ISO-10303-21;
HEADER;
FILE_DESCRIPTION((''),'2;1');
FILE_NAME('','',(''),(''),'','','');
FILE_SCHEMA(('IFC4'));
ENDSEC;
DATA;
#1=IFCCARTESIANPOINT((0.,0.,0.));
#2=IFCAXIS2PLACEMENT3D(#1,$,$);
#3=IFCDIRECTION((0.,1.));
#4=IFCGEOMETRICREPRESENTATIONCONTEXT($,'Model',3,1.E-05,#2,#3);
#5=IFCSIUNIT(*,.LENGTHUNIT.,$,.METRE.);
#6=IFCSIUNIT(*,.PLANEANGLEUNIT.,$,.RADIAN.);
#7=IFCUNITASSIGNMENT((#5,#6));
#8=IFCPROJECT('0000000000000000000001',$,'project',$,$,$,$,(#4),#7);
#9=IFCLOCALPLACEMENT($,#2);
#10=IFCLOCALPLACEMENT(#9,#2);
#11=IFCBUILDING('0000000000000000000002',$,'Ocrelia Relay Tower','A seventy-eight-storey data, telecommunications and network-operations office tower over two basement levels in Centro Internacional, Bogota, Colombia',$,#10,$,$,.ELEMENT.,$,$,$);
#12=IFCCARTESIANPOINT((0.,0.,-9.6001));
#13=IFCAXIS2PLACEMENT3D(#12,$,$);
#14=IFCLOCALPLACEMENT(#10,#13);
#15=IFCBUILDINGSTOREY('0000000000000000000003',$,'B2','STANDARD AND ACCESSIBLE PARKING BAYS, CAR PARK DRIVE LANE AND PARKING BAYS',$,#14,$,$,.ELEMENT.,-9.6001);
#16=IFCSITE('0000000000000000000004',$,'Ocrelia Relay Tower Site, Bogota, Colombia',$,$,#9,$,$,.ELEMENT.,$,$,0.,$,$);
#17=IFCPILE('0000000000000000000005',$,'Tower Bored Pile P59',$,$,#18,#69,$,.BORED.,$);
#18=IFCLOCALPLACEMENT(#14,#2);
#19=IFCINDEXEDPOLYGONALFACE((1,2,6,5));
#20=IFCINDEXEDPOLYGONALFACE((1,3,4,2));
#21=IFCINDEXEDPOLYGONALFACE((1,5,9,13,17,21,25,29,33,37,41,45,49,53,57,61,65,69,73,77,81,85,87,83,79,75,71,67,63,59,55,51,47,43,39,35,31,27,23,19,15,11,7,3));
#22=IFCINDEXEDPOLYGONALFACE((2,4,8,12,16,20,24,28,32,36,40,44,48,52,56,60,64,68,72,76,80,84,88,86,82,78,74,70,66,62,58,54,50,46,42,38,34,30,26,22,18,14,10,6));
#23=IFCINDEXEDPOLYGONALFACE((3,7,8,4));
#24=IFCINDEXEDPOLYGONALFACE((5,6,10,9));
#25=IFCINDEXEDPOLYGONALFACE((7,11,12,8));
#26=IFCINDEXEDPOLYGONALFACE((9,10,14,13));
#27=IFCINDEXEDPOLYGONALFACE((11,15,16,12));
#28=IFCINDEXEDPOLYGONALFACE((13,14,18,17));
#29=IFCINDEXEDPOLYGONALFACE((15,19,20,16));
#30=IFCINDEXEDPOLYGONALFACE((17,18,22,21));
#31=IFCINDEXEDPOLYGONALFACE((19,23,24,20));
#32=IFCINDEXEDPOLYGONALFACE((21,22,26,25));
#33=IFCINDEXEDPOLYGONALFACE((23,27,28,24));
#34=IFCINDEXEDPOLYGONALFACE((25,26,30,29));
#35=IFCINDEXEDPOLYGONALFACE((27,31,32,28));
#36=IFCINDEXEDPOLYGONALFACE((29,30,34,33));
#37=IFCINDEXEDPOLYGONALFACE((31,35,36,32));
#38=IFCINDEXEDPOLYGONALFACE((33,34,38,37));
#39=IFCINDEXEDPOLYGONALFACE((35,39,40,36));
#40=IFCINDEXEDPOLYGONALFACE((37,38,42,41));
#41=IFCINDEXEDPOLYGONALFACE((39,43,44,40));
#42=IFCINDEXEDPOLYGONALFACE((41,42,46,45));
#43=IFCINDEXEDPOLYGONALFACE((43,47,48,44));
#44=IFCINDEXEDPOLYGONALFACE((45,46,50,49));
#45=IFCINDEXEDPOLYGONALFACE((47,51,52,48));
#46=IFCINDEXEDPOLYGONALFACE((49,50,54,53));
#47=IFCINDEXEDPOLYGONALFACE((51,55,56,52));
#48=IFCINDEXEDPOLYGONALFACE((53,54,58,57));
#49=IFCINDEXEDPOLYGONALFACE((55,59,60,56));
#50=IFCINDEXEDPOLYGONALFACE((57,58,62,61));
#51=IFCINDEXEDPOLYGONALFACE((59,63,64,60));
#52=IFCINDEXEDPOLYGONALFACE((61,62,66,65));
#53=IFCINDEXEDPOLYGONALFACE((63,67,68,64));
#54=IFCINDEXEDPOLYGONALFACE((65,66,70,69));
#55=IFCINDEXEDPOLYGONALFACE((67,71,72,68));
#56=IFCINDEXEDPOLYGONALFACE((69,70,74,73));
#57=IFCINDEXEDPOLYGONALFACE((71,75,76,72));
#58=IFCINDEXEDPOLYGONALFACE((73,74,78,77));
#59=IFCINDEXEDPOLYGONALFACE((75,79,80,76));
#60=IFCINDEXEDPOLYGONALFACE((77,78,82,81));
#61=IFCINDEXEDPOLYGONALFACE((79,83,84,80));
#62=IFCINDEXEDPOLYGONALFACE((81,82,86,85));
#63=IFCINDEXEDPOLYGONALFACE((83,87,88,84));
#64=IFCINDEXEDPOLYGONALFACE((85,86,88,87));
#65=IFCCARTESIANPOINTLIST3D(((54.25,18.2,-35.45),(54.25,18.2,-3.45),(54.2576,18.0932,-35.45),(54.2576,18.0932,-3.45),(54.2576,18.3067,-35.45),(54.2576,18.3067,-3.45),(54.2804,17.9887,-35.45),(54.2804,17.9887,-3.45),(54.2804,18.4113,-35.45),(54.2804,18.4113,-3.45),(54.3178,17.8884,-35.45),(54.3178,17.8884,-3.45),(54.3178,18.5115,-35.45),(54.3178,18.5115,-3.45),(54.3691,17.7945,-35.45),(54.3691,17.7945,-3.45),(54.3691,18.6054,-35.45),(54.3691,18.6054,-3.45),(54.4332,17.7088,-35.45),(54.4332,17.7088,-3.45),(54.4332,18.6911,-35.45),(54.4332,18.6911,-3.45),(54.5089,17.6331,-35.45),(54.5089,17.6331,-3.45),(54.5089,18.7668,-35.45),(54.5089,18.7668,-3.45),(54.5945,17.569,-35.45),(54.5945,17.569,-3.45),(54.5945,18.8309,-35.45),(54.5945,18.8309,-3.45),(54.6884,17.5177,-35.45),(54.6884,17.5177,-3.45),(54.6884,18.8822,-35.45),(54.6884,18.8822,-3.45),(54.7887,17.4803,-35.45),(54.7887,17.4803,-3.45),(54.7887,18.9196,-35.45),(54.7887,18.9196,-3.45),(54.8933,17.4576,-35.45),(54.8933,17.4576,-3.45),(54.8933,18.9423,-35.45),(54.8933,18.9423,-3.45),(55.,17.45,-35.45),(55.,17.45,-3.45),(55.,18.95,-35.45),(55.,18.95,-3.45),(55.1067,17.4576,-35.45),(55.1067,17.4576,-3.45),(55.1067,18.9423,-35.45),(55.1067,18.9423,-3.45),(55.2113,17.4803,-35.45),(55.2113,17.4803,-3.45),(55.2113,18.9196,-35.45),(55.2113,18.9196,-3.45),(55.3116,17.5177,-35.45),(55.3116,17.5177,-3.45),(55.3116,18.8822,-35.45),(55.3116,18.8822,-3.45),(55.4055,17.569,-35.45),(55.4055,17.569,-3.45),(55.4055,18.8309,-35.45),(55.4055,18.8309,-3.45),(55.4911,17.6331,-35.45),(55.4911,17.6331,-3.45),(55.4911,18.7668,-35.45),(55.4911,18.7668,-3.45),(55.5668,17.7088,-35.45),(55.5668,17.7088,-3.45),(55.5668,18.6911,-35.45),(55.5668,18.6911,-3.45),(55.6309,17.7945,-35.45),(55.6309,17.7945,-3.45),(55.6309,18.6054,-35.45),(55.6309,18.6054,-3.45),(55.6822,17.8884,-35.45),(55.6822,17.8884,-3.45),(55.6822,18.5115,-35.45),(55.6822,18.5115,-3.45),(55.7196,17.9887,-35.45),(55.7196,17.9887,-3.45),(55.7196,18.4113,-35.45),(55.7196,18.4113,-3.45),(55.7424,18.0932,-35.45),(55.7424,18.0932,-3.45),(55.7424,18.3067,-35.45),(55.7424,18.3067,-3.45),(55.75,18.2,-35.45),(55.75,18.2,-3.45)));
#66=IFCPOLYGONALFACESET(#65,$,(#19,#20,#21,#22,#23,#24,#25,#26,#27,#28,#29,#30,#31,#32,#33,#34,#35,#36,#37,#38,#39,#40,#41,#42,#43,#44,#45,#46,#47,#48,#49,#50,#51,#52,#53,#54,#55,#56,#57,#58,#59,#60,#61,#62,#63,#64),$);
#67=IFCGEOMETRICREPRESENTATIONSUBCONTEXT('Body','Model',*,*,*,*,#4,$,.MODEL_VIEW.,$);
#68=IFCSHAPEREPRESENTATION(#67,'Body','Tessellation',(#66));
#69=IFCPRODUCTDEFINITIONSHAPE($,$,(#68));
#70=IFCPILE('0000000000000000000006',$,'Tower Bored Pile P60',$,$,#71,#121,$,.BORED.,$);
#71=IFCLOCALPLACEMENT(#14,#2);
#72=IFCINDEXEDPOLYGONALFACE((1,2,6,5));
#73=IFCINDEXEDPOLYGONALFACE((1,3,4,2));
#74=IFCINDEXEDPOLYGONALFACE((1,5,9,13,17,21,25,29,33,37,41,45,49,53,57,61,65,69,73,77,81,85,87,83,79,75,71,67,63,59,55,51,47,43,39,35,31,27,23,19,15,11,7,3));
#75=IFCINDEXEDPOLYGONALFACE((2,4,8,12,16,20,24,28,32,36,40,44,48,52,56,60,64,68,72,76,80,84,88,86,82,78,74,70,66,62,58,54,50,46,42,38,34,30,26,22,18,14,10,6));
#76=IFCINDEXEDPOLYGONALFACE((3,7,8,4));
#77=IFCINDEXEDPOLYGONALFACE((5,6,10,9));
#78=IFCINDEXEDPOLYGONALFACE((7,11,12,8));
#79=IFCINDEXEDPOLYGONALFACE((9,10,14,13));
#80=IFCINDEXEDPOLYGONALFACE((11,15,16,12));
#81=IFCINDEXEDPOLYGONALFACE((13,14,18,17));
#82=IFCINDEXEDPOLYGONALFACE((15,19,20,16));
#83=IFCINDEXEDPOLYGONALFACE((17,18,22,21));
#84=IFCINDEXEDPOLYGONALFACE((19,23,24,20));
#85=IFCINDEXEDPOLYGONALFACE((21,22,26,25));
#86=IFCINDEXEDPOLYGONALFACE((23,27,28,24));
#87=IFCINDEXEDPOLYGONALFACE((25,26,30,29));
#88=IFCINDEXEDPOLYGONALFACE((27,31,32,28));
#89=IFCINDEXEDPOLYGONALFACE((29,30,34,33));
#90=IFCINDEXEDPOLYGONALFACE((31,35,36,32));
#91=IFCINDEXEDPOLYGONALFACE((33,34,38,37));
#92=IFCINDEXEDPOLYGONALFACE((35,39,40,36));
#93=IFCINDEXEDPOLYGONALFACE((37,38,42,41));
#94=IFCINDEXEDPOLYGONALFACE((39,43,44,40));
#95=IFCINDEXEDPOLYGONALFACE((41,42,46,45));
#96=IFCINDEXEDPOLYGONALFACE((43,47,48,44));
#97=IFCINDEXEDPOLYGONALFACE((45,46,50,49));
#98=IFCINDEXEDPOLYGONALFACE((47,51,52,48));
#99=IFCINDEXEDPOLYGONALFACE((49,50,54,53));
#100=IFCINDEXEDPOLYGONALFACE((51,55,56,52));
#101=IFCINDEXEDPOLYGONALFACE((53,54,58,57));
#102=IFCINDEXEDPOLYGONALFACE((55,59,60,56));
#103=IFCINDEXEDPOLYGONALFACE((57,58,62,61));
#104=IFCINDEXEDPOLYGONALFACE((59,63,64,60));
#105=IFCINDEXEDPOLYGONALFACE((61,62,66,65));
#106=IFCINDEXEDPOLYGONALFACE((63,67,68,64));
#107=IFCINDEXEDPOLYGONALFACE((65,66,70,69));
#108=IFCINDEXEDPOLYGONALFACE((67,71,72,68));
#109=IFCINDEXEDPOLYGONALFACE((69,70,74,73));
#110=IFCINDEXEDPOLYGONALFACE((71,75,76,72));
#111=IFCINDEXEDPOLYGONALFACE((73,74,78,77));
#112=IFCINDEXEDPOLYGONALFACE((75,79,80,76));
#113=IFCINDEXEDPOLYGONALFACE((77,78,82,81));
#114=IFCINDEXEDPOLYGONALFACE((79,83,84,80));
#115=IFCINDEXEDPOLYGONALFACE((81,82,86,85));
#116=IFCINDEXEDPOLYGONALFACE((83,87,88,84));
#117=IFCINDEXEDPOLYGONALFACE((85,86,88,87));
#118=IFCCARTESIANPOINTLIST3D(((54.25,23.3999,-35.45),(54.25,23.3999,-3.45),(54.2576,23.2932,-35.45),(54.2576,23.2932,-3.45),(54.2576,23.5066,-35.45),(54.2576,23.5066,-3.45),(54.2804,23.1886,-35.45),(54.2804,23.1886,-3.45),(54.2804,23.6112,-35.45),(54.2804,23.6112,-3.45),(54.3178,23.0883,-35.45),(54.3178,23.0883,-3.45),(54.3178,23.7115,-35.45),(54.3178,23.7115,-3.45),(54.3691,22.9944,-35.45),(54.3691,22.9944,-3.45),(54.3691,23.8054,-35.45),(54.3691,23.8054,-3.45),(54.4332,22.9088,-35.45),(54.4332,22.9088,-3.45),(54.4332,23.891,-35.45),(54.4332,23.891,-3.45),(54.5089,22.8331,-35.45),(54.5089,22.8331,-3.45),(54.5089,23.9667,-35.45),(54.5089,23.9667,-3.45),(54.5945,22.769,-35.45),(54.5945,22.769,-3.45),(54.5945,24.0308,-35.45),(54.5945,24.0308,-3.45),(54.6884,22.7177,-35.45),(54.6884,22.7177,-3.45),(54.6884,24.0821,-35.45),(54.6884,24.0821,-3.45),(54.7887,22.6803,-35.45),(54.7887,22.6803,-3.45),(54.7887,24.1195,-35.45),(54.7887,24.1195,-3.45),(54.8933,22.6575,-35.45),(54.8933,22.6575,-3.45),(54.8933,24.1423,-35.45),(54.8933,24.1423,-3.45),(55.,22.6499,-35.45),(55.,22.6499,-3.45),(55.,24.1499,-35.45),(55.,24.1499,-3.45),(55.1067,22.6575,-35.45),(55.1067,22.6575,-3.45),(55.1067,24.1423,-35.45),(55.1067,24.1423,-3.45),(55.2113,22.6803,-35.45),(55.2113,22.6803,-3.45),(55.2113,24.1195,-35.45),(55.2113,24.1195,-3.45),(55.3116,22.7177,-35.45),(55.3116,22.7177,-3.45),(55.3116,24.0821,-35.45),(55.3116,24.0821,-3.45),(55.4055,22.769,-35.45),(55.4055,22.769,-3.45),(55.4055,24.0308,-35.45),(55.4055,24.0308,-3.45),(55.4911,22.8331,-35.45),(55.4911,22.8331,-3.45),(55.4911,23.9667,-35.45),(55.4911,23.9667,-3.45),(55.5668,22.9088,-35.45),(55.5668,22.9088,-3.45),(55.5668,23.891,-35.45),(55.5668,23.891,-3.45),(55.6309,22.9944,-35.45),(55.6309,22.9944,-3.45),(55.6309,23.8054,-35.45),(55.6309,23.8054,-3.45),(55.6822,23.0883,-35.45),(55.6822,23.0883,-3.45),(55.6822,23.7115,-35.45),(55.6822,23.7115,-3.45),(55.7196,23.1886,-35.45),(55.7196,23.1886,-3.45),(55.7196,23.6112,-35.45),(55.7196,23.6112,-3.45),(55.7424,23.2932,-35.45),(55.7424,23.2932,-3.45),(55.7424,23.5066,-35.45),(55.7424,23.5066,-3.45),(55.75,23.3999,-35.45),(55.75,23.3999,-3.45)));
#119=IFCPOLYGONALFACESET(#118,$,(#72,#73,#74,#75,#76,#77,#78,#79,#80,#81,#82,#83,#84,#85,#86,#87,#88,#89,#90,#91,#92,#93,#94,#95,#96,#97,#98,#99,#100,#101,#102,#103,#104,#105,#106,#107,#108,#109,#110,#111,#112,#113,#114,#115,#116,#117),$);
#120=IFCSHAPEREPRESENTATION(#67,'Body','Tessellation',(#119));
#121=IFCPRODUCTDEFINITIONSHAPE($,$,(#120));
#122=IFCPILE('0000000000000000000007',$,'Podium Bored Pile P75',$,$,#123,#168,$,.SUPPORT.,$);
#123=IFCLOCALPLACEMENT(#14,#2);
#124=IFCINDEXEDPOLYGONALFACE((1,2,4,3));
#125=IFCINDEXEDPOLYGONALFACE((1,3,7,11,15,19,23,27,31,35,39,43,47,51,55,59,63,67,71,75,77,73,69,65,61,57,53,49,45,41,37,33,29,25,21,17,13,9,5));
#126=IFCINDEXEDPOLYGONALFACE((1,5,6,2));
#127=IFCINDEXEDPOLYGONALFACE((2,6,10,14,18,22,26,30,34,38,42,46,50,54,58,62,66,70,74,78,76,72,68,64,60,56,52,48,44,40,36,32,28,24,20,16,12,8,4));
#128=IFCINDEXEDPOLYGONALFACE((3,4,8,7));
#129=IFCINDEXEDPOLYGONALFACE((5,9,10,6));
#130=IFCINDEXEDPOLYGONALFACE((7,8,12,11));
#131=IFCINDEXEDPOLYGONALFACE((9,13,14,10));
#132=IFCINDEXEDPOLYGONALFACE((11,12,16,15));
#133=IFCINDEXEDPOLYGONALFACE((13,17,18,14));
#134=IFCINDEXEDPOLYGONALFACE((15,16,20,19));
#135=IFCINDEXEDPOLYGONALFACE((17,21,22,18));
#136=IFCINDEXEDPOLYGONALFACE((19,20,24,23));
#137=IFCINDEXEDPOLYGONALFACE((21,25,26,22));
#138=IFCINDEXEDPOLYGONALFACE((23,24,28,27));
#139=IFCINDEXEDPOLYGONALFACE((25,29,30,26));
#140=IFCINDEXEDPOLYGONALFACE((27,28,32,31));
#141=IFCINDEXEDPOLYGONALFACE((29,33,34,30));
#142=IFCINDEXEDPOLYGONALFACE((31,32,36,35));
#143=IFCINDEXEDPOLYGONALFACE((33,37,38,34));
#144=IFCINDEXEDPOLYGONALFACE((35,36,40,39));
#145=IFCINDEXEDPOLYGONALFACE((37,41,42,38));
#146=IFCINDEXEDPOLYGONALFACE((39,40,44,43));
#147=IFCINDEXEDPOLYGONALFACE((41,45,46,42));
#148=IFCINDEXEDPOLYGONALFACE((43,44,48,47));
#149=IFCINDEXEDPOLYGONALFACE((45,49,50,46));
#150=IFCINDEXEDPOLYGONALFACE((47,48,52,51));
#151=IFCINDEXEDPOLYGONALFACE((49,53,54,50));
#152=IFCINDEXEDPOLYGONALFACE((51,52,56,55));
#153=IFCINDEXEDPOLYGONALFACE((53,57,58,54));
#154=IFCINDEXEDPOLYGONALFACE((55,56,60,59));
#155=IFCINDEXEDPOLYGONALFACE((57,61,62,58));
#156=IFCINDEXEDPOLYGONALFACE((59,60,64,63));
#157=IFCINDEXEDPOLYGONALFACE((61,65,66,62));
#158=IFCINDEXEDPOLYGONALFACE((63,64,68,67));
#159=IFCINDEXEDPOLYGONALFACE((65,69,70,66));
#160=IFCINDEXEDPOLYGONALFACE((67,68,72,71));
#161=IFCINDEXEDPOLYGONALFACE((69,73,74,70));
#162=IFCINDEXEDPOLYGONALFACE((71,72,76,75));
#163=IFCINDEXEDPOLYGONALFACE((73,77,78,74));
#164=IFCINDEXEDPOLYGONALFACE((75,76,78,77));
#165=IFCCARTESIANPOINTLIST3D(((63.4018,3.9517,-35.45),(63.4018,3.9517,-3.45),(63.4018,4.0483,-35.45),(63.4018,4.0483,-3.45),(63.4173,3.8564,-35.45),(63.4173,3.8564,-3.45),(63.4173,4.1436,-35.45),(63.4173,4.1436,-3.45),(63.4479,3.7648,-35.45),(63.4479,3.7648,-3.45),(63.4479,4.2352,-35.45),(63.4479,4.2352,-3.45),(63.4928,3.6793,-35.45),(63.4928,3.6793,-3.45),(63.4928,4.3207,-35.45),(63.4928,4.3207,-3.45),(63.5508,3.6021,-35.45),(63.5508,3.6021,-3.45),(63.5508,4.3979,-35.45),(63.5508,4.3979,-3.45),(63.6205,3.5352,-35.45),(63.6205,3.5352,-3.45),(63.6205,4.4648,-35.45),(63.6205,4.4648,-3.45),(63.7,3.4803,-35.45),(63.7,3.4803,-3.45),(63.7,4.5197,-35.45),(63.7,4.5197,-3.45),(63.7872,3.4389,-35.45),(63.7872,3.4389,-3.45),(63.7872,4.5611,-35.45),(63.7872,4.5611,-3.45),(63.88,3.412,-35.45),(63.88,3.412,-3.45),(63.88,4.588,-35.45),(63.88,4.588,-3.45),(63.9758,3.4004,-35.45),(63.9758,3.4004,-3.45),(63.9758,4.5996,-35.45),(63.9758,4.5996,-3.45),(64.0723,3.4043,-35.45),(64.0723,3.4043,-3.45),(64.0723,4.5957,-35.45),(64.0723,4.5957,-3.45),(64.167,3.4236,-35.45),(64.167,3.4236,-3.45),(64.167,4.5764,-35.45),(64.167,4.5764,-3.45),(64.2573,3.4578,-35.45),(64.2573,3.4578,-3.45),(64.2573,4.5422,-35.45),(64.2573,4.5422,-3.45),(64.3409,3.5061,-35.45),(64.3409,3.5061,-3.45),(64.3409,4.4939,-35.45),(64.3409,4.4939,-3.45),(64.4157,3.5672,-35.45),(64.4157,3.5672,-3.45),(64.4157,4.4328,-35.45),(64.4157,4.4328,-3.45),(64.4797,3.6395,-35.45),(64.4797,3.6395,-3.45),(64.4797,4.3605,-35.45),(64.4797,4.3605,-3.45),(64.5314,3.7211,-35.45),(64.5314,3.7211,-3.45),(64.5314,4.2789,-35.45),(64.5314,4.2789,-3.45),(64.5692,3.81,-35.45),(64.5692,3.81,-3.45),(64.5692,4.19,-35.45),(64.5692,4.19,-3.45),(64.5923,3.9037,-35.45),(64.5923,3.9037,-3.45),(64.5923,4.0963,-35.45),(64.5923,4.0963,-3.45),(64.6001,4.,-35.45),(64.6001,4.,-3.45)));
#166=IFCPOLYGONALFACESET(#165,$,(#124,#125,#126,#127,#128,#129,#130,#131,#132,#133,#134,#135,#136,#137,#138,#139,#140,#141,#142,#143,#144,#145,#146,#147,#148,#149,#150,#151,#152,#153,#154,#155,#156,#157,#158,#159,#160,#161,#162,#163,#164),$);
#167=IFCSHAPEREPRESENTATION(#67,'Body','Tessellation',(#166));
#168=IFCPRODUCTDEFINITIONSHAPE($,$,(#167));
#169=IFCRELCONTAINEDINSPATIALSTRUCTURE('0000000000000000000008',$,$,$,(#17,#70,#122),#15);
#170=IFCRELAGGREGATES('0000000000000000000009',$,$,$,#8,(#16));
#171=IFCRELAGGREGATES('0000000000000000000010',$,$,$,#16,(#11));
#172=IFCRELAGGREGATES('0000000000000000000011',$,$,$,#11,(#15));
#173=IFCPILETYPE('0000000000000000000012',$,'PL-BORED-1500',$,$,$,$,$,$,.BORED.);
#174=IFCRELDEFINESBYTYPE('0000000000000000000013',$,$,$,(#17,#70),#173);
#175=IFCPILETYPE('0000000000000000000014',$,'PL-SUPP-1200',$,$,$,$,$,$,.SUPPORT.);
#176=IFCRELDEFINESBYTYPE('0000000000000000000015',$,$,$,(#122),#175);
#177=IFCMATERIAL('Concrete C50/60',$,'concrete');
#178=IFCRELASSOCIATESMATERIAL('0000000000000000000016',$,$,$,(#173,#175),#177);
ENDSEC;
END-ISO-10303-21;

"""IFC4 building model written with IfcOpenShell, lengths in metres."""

from ifc_helpers import new_model, si_unit, direction, frame, origin, origin_2d, place, context, subcontext, project, spatial, circle, extrude, material, material_profile, profile_set, type_object, element, save


model = new_model("IFC4")

# Units and contexts
model_context = context("Model", 3, precision=1e-05, world=origin(), true_north=direction((0.0, 1.0)))
body_context = subcontext(model_context, "Body", "Model", "MODEL_VIEW")
ifc_project = project(units=[si_unit("LENGTHUNIT", "METRE"), si_unit("PLANEANGLEUNIT", "RADIAN")], contexts=[model_context])

# Site, building, storey
site_placement = place(None, origin())
site = spatial("IfcSite", under=ifc_project, at=site_placement, Name="Ocrelia Relay Tower Site, Bogota, Colombia", CompositionType="ELEMENT", RefElevation=0.0)
building_placement = place(site_placement, origin())
building = spatial("IfcBuilding", under=site, at=building_placement, Name="Ocrelia Relay Tower", Description="A seventy-eight-storey data, telecommunications and network-operations office tower over two basement levels in Centro Internacional, Bogota, Colombia", CompositionType="ELEMENT")
storey_placement = place(building_placement, frame((0.0, 0.0, -9.6001)))
storey = spatial("IfcBuildingStorey", under=building, at=storey_placement, Name="B2", Description="STANDARD AND ACCESSIBLE PARKING BAYS, CAR PARK DRIVE LANE AND PARKING BAYS", CompositionType="ELEMENT", Elevation=-9.6001)

# Piles
ifc_material_1 = material(Name="Concrete C50/60", Category="concrete")
ifc_material_profile_1 = material_profile(ifc_material_1, circle(Radius=0.75, at=origin_2d()), Name="PILE-1500")
ifc_profile_set_1 = profile_set([ifc_material_profile_1], Name="Concrete C50/60")
pile_type_1 = type_object("IfcPileType", Name="PL-BORED-1500", PredefinedType="BORED", material=ifc_profile_set_1)
for number, where, z_axis, x_axis, name in (
    (1, (55.0, 18.2, -3.45), (0.0, 0.0, -1.0), (1.0, 0.0, 0.0), "Tower Bored Pile P59"),
    (2, (55.0, 23.3999, -3.45), (0.0, 0.0, -1.0), (1.0, 0.0, 0.0), "Tower Bored Pile P60"),
):
    element("IfcPile", number, at=place(storey_placement, frame(where, z_axis=z_axis, x_axis=x_axis)), inside=storey, type_object=pile_type_1, Name=name, PredefinedType="BORED", context=body_context, shape_type="SweptSolid", body=[
        extrude(circle(Radius=0.75, at=origin_2d()), origin(), (0.0, 0.0, 1.0), 32.0),
    ])
ifc_material_profile_2 = material_profile(ifc_material_1, circle(Radius=0.6001, at=origin_2d()), Name="PILE-1200")
ifc_profile_set_2 = profile_set([ifc_material_profile_2], Name="Concrete C50/60")
pile_type_2 = type_object("IfcPileType", Name="PL-SUPP-1200", PredefinedType="SUPPORT", material=ifc_profile_set_2)
for number, where, z_axis, x_axis, name in (
    (3, (64.0, 4.0, -3.45), (0.0, 0.0, -1.0), (1.0, 0.0, 0.0), "Podium Bored Pile P75"),
):
    element("IfcPile", number, at=place(storey_placement, frame(where, z_axis=z_axis, x_axis=x_axis)), inside=storey, type_object=pile_type_2, Name=name, PredefinedType="SUPPORT", context=body_context, shape_type="SweptSolid", body=[
        extrude(circle(Radius=0.6001, at=origin_2d()), origin(), (0.0, 0.0, 1.0), 32.0),
    ])

save(model, "model.ifc")
